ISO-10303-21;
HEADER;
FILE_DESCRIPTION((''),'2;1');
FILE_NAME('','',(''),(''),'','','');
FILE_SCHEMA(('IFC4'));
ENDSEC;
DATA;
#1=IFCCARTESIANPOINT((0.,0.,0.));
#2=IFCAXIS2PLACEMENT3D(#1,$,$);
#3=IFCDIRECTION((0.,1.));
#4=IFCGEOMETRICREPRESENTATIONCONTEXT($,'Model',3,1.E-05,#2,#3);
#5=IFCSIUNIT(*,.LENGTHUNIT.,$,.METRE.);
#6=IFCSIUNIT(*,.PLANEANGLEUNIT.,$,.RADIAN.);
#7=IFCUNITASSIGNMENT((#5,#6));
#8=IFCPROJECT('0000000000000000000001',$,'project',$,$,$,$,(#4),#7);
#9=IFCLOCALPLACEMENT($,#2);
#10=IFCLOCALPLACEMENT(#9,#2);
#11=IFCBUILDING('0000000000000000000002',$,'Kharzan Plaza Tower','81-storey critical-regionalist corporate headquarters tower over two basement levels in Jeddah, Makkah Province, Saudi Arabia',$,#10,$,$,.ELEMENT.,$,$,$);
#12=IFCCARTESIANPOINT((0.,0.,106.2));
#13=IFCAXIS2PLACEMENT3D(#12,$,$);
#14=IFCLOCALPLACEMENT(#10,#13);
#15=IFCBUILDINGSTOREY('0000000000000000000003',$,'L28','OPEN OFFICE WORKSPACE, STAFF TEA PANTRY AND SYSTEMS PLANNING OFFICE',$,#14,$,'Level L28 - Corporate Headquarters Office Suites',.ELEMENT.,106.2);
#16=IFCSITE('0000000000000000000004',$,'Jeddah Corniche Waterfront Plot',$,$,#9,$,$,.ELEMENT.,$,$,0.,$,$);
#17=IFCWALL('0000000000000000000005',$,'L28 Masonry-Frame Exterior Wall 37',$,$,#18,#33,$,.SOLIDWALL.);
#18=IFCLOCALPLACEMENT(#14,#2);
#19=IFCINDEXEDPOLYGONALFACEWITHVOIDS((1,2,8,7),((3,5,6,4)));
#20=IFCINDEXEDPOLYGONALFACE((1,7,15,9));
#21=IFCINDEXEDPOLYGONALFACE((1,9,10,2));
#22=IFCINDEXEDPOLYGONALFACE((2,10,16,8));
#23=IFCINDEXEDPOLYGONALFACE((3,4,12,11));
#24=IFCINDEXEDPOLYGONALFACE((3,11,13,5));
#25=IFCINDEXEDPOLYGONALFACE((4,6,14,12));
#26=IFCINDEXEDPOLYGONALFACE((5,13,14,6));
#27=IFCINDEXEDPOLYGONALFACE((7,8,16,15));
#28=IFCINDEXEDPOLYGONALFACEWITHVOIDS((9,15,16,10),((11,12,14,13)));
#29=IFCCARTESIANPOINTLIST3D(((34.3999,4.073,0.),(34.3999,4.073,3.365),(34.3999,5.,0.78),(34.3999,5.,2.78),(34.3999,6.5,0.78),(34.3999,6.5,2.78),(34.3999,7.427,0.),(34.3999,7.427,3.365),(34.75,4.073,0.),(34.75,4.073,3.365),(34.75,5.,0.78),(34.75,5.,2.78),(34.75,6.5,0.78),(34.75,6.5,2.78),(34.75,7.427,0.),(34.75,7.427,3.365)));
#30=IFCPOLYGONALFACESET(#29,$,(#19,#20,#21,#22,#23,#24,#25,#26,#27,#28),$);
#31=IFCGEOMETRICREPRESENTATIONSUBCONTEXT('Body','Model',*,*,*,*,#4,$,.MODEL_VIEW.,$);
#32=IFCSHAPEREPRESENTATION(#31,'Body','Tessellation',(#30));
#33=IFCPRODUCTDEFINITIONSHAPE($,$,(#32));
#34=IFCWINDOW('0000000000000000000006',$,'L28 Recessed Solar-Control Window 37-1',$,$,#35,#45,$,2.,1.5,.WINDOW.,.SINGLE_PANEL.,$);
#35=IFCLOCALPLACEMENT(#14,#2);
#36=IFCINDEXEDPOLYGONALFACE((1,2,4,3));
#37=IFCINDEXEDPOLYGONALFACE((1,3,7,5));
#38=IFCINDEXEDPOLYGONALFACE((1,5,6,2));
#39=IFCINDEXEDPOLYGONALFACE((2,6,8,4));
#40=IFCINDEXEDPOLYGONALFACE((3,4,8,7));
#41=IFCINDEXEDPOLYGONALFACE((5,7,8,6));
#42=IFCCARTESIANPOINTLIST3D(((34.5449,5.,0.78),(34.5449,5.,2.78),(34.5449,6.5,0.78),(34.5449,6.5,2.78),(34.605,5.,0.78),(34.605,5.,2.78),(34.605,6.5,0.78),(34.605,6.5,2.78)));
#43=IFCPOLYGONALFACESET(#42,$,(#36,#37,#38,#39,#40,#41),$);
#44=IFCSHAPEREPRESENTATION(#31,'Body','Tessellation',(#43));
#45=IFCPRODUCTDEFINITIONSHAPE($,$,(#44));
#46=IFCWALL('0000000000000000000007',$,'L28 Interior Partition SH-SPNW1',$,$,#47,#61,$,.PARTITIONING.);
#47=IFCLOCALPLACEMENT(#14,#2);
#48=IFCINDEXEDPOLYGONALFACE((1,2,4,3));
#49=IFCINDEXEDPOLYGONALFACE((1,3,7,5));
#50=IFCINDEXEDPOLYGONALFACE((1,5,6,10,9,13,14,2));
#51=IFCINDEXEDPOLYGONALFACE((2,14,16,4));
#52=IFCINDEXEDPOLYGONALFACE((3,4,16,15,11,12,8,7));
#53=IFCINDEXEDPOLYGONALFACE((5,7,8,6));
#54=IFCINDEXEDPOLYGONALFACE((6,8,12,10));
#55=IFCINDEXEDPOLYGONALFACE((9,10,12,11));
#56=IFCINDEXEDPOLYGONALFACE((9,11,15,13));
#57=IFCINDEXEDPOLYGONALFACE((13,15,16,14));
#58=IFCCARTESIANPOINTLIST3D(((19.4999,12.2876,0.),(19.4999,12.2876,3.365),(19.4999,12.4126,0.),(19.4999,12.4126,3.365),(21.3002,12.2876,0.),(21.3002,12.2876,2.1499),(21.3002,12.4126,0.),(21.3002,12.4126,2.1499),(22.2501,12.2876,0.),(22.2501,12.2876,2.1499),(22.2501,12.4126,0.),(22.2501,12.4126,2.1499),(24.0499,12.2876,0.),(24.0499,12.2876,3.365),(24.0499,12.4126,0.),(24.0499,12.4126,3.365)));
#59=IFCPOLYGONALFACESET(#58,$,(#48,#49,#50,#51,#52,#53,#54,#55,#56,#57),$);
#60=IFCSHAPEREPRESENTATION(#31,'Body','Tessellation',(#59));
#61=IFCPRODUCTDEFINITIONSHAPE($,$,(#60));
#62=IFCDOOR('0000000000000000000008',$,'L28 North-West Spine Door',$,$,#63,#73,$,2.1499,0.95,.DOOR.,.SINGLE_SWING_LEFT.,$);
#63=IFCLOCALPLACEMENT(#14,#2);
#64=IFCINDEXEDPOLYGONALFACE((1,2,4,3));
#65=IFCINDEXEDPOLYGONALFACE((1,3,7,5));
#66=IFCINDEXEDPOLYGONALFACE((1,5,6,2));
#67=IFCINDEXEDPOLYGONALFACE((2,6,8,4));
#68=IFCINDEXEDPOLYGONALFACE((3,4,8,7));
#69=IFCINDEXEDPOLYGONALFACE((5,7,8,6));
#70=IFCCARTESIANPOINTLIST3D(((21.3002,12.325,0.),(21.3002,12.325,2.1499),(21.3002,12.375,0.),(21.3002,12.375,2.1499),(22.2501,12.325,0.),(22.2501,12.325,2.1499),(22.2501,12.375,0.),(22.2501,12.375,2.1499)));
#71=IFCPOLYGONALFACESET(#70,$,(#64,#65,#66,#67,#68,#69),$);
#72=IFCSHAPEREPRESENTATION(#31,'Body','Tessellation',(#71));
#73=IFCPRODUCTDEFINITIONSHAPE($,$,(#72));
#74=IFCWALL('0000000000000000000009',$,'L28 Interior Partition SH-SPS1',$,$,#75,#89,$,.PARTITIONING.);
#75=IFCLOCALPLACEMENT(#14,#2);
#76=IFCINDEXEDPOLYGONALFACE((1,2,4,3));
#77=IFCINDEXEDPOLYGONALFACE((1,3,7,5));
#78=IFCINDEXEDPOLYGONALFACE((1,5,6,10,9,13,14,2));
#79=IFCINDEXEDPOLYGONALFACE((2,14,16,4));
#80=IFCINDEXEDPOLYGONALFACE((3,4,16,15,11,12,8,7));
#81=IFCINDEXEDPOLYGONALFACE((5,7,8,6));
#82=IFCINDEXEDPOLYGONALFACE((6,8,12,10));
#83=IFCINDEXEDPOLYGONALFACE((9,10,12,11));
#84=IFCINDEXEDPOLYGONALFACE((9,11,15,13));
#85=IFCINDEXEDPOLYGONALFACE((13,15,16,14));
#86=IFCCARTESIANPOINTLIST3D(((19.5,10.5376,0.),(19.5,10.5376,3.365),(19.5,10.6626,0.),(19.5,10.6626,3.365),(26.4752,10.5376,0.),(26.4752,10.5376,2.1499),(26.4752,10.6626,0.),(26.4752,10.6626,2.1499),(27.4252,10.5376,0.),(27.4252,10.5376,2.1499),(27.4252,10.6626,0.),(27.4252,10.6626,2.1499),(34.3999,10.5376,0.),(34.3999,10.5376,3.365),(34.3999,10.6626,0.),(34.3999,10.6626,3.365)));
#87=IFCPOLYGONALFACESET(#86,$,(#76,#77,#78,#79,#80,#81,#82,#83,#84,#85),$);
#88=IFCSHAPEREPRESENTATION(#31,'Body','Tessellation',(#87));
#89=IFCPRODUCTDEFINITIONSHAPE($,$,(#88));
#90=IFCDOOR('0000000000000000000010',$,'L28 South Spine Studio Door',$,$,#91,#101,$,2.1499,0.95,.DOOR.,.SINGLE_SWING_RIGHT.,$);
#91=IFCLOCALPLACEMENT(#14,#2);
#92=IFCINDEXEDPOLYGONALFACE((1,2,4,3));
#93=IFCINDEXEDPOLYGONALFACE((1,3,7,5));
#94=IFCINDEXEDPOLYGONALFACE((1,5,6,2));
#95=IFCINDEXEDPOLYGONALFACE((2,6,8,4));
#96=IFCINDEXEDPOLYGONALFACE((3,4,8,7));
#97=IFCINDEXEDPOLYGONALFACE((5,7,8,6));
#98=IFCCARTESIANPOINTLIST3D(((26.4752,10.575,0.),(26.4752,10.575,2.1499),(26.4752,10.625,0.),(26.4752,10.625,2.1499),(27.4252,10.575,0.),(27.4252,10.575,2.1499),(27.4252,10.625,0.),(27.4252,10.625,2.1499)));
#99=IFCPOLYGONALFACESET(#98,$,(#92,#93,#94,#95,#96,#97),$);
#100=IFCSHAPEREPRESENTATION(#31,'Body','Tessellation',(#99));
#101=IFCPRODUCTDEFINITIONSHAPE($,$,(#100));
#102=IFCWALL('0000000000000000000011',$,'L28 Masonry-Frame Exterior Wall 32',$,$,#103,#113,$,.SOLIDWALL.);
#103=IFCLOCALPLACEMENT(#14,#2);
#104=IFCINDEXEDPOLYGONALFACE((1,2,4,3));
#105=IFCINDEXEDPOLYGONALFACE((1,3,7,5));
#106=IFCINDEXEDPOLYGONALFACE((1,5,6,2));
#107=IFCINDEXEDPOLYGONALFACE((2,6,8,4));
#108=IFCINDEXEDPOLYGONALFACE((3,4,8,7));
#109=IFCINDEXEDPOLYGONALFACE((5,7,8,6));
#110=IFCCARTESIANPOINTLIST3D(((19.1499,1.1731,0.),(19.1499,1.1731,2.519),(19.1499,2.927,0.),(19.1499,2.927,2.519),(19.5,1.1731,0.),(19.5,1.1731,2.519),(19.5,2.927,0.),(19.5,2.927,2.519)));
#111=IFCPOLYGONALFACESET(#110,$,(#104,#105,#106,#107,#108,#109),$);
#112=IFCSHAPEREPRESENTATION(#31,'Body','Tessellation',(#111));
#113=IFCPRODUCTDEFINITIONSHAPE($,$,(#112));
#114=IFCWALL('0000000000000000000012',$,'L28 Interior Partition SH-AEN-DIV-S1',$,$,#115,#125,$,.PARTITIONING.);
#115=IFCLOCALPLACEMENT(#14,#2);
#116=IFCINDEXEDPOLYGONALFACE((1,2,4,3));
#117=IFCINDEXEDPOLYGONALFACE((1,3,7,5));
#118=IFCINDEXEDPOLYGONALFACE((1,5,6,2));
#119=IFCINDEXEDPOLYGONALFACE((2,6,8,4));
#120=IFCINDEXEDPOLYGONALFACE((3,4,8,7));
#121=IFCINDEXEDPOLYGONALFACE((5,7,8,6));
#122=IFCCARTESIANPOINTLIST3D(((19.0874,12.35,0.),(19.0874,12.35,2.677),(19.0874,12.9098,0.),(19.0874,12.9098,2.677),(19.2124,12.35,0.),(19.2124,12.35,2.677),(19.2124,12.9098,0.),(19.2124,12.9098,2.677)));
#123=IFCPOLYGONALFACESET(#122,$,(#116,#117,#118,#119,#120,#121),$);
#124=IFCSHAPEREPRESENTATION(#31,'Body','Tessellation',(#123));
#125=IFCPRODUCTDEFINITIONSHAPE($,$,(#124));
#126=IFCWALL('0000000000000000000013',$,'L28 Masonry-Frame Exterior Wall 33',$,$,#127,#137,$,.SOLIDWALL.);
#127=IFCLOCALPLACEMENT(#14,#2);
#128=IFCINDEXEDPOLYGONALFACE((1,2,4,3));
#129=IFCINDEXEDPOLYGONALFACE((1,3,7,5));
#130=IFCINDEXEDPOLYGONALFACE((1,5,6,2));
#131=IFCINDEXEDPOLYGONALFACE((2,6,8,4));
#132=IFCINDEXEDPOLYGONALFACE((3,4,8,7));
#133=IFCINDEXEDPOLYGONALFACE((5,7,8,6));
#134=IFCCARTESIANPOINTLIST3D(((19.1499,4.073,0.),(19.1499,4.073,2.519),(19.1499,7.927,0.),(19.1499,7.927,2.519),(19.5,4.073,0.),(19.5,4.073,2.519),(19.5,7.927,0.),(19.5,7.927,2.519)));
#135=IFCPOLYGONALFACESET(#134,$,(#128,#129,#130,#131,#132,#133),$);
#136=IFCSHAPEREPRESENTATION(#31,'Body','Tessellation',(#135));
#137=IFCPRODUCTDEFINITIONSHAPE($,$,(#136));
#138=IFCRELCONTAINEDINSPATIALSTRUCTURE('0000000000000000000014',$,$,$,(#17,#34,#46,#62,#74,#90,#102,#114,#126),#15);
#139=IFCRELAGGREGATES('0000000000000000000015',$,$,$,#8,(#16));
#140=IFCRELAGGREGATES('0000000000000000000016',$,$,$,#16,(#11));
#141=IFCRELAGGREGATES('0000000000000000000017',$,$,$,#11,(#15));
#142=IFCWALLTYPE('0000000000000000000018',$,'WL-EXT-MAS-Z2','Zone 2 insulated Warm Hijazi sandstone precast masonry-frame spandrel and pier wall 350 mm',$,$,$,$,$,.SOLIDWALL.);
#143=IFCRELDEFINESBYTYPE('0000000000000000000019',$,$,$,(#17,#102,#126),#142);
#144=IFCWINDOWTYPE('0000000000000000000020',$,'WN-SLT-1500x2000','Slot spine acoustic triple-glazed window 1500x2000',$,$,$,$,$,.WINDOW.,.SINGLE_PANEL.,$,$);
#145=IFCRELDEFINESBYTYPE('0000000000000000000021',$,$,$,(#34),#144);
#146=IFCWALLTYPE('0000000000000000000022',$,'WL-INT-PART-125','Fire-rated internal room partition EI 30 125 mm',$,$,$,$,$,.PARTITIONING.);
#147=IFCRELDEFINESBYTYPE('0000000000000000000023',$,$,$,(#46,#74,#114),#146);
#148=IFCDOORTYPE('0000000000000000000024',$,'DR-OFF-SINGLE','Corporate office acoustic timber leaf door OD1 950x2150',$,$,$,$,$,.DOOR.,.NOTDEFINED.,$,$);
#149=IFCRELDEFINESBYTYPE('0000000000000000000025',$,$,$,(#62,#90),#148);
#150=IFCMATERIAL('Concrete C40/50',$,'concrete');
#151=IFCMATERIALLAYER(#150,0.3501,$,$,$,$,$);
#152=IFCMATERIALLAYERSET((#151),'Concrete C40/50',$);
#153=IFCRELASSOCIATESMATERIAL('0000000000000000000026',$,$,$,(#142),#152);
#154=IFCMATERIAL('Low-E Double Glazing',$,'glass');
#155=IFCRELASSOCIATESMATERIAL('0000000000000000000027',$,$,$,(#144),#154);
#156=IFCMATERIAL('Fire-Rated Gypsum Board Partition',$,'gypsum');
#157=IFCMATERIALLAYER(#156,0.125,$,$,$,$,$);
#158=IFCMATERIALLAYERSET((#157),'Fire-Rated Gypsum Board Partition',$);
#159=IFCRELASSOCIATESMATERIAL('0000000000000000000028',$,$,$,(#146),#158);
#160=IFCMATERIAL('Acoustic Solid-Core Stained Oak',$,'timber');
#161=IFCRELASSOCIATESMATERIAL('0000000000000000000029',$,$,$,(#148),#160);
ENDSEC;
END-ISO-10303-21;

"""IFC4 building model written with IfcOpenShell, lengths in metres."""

from ifc_helpers import new_model, si_unit, direction, frame, frame_2d, origin, place, context, subcontext, project, spatial, rectangle, extrude, source, transform, mapped, material, layer, layer_set, type_object, element, fill, save


model = new_model("IFC4")

# Units and contexts
model_context = context("Model", 3, precision=1e-05, world=origin(), true_north=direction((0.0, 1.0)))
body_context = subcontext(model_context, "Body", "Model", "MODEL_VIEW")
ifc_project = project(units=[si_unit("LENGTHUNIT", "METRE"), si_unit("PLANEANGLEUNIT", "RADIAN")], contexts=[model_context])

# Site, building, storey
site_placement = place(None, origin())
site = spatial("IfcSite", under=ifc_project, at=site_placement, Name="Jeddah Corniche Waterfront Plot", CompositionType="ELEMENT", RefElevation=0.0)
building_placement = place(site_placement, origin())
building = spatial("IfcBuilding", under=site, at=building_placement, Name="Kharzan Plaza Tower", Description="81-storey critical-regionalist corporate headquarters tower over two basement levels in Jeddah, Makkah Province, Saudi Arabia", CompositionType="ELEMENT")
storey_placement = place(building_placement, frame((0.0, 0.0, 106.2)))
storey = spatial("IfcBuildingStorey", under=building, at=storey_placement, Name="L28", Description="OPEN OFFICE WORKSPACE, STAFF TEA PANTRY AND SYSTEMS PLANNING OFFICE", LongName="Level L28 - Corporate Headquarters Office Suites", CompositionType="ELEMENT", Elevation=106.2)

# Shared definitions
ifc_material_1 = material(Name="Concrete C40/50", Category="concrete")
ifc_layer_1 = layer(ifc_material_1, 0.3501)
ifc_layer_set_1 = layer_set([ifc_layer_1], Name="Concrete C40/50")
wall_type_1 = type_object("IfcWallType", Name="WL-EXT-MAS-Z2", Description="Zone 2 insulated Warm Hijazi sandstone precast masonry-frame spandrel and pier wall 350 mm", PredefinedType="SOLIDWALL", material=ifc_layer_set_1)
ifc_material_2 = material(Name="Low-E Double Glazing", Category="glass")
window_type = type_object("IfcWindowType", Name="WN-SLT-1500x2000", Description="Slot spine acoustic triple-glazed window 1500x2000", PartitioningType="SINGLE_PANEL", PredefinedType="WINDOW", material=ifc_material_2)
shared_shape_1 = source(origin(), body_context, "Body", "SweptSolid", [
    extrude(rectangle(XDim=1.5, YDim=2.0, at=frame_2d((0.75, 1.0))), frame((0.0, 0.03, 0.0), z_axis=(0.0, -1.0, 0.0), x_axis=(1.0, 0.0, 0.0)), (0.0, 0.0, 1.0), 0.0601),
])

# Wall, opening, window
wall_1_placement = place(storey_placement, frame((34.575, 7.427, 0.0), z_axis=(0.0, 0.0, 1.0), x_axis=(0.0, -1.0, 0.0)))
wall_1 = element("IfcWall", 1, at=wall_1_placement, inside=storey, type_object=wall_type_1, Name="L28 Masonry-Frame Exterior Wall 37", PredefinedType="SOLIDWALL", context=body_context, shape_type="SweptSolid", body=[
    extrude(rectangle(XDim=3.354, YDim=0.3501, at=frame_2d((1.677, 0.0))), origin(), (0.0, 0.0, 1.0), 3.365),
])
opening_1_placement = place(wall_1_placement, frame((0.927, 0.0, 0.78)))
opening_1 = element("IfcOpeningElement", 2, at=opening_1_placement, cuts=wall_1, PredefinedType="OPENING", context=body_context, shape_type="SweptSolid", body=[
    extrude(rectangle(XDim=1.5, YDim=2.0, at=frame_2d((0.75, 1.0))), frame((0.0, 0.1851, 0.0), z_axis=(0.0, -1.0, 0.0), x_axis=(1.0, 0.0, 0.0)), (0.0, 0.0, 1.0), 0.3701),
])
window_1_placement = place(opening_1_placement, origin())
window_1 = element("IfcWindow", 3, at=window_1_placement, inside=storey, type_object=window_type, Name="L28 Recessed Solar-Control Window 37-1", OverallHeight=2.0, OverallWidth=1.5, PartitioningType="SINGLE_PANEL", PredefinedType="WINDOW", context=body_context, shape_type="MappedRepresentation", body=[
    mapped(shared_shape_1, transform((0.0, 0.0, 0.0), x_axis=(1.0, 0.0, 0.0), y_axis=(0.0, 1.0, 0.0), z_axis=(0.0, 0.0, 1.0))),
])
fill(opening_1, window_1)

# Walls, openings, doors
ifc_material_3 = material(Name="Fire-Rated Gypsum Board Partition", Category="gypsum")
ifc_layer_2 = layer(ifc_material_3, 0.125)
ifc_layer_set_2 = layer_set([ifc_layer_2], Name="Fire-Rated Gypsum Board Partition")
wall_type_2 = type_object("IfcWallType", Name="WL-INT-PART-125", Description="Fire-rated internal room partition EI 30 125 mm", PredefinedType="PARTITIONING", material=ifc_layer_set_2)
wall_2_placement = place(storey_placement, frame((19.5, 12.3501, 0.0), z_axis=(0.0, 0.0, 1.0), x_axis=(1.0, 0.0, 0.0)))
wall_2 = element("IfcWall", 4, at=wall_2_placement, inside=storey, type_object=wall_type_2, Name="L28 Interior Partition SH-SPNW1", PredefinedType="PARTITIONING", context=body_context, shape_type="SweptSolid", body=[
    extrude(rectangle(XDim=4.55, YDim=0.125, at=frame_2d((2.2749, 0.0))), origin(), (0.0, 0.0, 1.0), 3.365),
])
opening_2_placement = place(wall_2_placement, frame((1.8, 0.0, 0.0)))
opening_2 = element("IfcOpeningElement", 5, at=opening_2_placement, cuts=wall_2, PredefinedType="OPENING", context=body_context, shape_type="SweptSolid", body=[
    extrude(rectangle(XDim=0.95, YDim=2.1499, at=frame_2d((0.4751, 1.075))), frame((0.0, 0.0725, 0.0), z_axis=(0.0, -1.0, 0.0), x_axis=(1.0, 0.0, 0.0)), (0.0, 0.0, 1.0), 0.145),
])
ifc_material_4 = material(Name="Acoustic Solid-Core Stained Oak", Category="timber")
door_type_1 = type_object("IfcDoorType", Name="DR-OFF-SINGLE", Description="Corporate office acoustic timber leaf door OD1 950x2150", OperationType="NOTDEFINED", PredefinedType="DOOR", material=ifc_material_4)
shared_shape_2 = source(origin(), body_context, "Body", "SweptSolid", [
    extrude(rectangle(XDim=0.95, YDim=2.1499, at=frame_2d((0.4751, 1.075))), frame((0.0, 0.0249, 0.0), z_axis=(0.0, -1.0, 0.0), x_axis=(1.0, 0.0, 0.0)), (0.0, 0.0, 1.0), 0.05),
])
door_1_placement = place(opening_2_placement, origin())
door_1 = element("IfcDoor", 6, at=door_1_placement, inside=storey, type_object=door_type_1, Name="L28 North-West Spine Door", OperationType="SINGLE_SWING_LEFT", OverallHeight=2.1499, OverallWidth=0.95, PredefinedType="DOOR", context=body_context, shape_type="MappedRepresentation", body=[
    mapped(shared_shape_2, transform((0.0, 0.0, 0.0), x_axis=(1.0, 0.0, 0.0), y_axis=(0.0, 1.0, 0.0), z_axis=(0.0, 0.0, 1.0))),
])
fill(opening_2, door_1)
wall_3_placement = place(storey_placement, frame((19.5, 10.6001, 0.0), z_axis=(0.0, 0.0, 1.0), x_axis=(1.0, 0.0, 0.0)))
wall_3 = element("IfcWall", 7, at=wall_3_placement, inside=storey, type_object=wall_type_2, Name="L28 Interior Partition SH-SPS1", PredefinedType="PARTITIONING", context=body_context, shape_type="SweptSolid", body=[
    extrude(rectangle(XDim=14.8999, YDim=0.125, at=frame_2d((7.45, 0.0))), origin(), (0.0, 0.0, 1.0), 3.365),
])
opening_3_placement = place(wall_3_placement, frame((6.9751, 0.0, 0.0)))
opening_3 = element("IfcOpeningElement", 8, at=opening_3_placement, cuts=wall_3, PredefinedType="OPENING", context=body_context, shape_type="SweptSolid", body=[
    extrude(rectangle(XDim=0.95, YDim=2.1499, at=frame_2d((0.4751, 1.075))), frame((0.0, 0.0725, 0.0), z_axis=(0.0, -1.0, 0.0), x_axis=(1.0, 0.0, 0.0)), (0.0, 0.0, 1.0), 0.145),
])
door_2_placement = place(opening_3_placement, origin())
door_2 = element("IfcDoor", 9, at=door_2_placement, inside=storey, type_object=door_type_1, Name="L28 South Spine Studio Door", OperationType="SINGLE_SWING_RIGHT", OverallHeight=2.1499, OverallWidth=0.95, PredefinedType="DOOR", context=body_context, shape_type="MappedRepresentation", body=[
    mapped(shared_shape_2, transform((0.0, 0.0, 0.0), x_axis=(1.0, 0.0, 0.0), y_axis=(0.0, 1.0, 0.0), z_axis=(0.0, 0.0, 1.0))),
])
fill(opening_3, door_2)

# Walls
shared_shape_3 = source(origin(), body_context, "Body", "SweptSolid", [
    extrude(rectangle(XDim=1.7539, YDim=0.3501, at=frame_2d((0.877, 0.0))), origin(), (0.0, 0.0, 1.0), 2.519),
])
wall_4_placement = place(storey_placement, frame((19.325, 1.1731, 0.0), z_axis=(0.0, 0.0, 1.0), x_axis=(0.0, 1.0, 0.0)))
element("IfcWall", 10, at=wall_4_placement, inside=storey, type_object=wall_type_1, Name="L28 Masonry-Frame Exterior Wall 32", PredefinedType="SOLIDWALL", context=body_context, shape_type="MappedRepresentation", body=[
    mapped(shared_shape_3, transform((0.0, 0.0, 0.0), x_axis=(1.0, 0.0, 0.0), y_axis=(0.0, 1.0, 0.0), z_axis=(0.0, 0.0, 1.0))),
])
shared_shape_4 = source(origin(), body_context, "Body", "SweptSolid", [
    extrude(rectangle(XDim=0.5598, YDim=0.125, at=frame_2d((0.2798, 0.0))), origin(), (0.0, 0.0, 1.0), 2.677),
])
wall_5_placement = place(storey_placement, frame((19.1499, 12.3501, 0.0), z_axis=(0.0, 0.0, 1.0), x_axis=(0.0, 1.0, 0.0)))
element("IfcWall", 11, at=wall_5_placement, inside=storey, type_object=wall_type_2, Name="L28 Interior Partition SH-AEN-DIV-S1", PredefinedType="PARTITIONING", context=body_context, shape_type="MappedRepresentation", body=[
    mapped(shared_shape_4, transform((0.0, 0.0, 0.0), x_axis=(1.0, 0.0, 0.0), y_axis=(0.0, 1.0, 0.0), z_axis=(0.0, 0.0, 1.0))),
])
shared_shape_5 = source(origin(), body_context, "Body", "SweptSolid", [
    extrude(rectangle(XDim=3.854, YDim=0.3501, at=frame_2d((1.927, 0.0))), origin(), (0.0, 0.0, 1.0), 2.519),
])
wall_6_placement = place(storey_placement, frame((19.325, 4.073, 0.0), z_axis=(0.0, 0.0, 1.0), x_axis=(0.0, 1.0, 0.0)))
element("IfcWall", 12, at=wall_6_placement, inside=storey, type_object=wall_type_1, Name="L28 Masonry-Frame Exterior Wall 33", PredefinedType="SOLIDWALL", context=body_context, shape_type="MappedRepresentation", body=[
    mapped(shared_shape_5, transform((0.0, 0.0, 0.0), x_axis=(1.0, 0.0, 0.0), y_axis=(0.0, 1.0, 0.0), z_axis=(0.0, 0.0, 1.0))),
])

save(model, "model.ifc")
